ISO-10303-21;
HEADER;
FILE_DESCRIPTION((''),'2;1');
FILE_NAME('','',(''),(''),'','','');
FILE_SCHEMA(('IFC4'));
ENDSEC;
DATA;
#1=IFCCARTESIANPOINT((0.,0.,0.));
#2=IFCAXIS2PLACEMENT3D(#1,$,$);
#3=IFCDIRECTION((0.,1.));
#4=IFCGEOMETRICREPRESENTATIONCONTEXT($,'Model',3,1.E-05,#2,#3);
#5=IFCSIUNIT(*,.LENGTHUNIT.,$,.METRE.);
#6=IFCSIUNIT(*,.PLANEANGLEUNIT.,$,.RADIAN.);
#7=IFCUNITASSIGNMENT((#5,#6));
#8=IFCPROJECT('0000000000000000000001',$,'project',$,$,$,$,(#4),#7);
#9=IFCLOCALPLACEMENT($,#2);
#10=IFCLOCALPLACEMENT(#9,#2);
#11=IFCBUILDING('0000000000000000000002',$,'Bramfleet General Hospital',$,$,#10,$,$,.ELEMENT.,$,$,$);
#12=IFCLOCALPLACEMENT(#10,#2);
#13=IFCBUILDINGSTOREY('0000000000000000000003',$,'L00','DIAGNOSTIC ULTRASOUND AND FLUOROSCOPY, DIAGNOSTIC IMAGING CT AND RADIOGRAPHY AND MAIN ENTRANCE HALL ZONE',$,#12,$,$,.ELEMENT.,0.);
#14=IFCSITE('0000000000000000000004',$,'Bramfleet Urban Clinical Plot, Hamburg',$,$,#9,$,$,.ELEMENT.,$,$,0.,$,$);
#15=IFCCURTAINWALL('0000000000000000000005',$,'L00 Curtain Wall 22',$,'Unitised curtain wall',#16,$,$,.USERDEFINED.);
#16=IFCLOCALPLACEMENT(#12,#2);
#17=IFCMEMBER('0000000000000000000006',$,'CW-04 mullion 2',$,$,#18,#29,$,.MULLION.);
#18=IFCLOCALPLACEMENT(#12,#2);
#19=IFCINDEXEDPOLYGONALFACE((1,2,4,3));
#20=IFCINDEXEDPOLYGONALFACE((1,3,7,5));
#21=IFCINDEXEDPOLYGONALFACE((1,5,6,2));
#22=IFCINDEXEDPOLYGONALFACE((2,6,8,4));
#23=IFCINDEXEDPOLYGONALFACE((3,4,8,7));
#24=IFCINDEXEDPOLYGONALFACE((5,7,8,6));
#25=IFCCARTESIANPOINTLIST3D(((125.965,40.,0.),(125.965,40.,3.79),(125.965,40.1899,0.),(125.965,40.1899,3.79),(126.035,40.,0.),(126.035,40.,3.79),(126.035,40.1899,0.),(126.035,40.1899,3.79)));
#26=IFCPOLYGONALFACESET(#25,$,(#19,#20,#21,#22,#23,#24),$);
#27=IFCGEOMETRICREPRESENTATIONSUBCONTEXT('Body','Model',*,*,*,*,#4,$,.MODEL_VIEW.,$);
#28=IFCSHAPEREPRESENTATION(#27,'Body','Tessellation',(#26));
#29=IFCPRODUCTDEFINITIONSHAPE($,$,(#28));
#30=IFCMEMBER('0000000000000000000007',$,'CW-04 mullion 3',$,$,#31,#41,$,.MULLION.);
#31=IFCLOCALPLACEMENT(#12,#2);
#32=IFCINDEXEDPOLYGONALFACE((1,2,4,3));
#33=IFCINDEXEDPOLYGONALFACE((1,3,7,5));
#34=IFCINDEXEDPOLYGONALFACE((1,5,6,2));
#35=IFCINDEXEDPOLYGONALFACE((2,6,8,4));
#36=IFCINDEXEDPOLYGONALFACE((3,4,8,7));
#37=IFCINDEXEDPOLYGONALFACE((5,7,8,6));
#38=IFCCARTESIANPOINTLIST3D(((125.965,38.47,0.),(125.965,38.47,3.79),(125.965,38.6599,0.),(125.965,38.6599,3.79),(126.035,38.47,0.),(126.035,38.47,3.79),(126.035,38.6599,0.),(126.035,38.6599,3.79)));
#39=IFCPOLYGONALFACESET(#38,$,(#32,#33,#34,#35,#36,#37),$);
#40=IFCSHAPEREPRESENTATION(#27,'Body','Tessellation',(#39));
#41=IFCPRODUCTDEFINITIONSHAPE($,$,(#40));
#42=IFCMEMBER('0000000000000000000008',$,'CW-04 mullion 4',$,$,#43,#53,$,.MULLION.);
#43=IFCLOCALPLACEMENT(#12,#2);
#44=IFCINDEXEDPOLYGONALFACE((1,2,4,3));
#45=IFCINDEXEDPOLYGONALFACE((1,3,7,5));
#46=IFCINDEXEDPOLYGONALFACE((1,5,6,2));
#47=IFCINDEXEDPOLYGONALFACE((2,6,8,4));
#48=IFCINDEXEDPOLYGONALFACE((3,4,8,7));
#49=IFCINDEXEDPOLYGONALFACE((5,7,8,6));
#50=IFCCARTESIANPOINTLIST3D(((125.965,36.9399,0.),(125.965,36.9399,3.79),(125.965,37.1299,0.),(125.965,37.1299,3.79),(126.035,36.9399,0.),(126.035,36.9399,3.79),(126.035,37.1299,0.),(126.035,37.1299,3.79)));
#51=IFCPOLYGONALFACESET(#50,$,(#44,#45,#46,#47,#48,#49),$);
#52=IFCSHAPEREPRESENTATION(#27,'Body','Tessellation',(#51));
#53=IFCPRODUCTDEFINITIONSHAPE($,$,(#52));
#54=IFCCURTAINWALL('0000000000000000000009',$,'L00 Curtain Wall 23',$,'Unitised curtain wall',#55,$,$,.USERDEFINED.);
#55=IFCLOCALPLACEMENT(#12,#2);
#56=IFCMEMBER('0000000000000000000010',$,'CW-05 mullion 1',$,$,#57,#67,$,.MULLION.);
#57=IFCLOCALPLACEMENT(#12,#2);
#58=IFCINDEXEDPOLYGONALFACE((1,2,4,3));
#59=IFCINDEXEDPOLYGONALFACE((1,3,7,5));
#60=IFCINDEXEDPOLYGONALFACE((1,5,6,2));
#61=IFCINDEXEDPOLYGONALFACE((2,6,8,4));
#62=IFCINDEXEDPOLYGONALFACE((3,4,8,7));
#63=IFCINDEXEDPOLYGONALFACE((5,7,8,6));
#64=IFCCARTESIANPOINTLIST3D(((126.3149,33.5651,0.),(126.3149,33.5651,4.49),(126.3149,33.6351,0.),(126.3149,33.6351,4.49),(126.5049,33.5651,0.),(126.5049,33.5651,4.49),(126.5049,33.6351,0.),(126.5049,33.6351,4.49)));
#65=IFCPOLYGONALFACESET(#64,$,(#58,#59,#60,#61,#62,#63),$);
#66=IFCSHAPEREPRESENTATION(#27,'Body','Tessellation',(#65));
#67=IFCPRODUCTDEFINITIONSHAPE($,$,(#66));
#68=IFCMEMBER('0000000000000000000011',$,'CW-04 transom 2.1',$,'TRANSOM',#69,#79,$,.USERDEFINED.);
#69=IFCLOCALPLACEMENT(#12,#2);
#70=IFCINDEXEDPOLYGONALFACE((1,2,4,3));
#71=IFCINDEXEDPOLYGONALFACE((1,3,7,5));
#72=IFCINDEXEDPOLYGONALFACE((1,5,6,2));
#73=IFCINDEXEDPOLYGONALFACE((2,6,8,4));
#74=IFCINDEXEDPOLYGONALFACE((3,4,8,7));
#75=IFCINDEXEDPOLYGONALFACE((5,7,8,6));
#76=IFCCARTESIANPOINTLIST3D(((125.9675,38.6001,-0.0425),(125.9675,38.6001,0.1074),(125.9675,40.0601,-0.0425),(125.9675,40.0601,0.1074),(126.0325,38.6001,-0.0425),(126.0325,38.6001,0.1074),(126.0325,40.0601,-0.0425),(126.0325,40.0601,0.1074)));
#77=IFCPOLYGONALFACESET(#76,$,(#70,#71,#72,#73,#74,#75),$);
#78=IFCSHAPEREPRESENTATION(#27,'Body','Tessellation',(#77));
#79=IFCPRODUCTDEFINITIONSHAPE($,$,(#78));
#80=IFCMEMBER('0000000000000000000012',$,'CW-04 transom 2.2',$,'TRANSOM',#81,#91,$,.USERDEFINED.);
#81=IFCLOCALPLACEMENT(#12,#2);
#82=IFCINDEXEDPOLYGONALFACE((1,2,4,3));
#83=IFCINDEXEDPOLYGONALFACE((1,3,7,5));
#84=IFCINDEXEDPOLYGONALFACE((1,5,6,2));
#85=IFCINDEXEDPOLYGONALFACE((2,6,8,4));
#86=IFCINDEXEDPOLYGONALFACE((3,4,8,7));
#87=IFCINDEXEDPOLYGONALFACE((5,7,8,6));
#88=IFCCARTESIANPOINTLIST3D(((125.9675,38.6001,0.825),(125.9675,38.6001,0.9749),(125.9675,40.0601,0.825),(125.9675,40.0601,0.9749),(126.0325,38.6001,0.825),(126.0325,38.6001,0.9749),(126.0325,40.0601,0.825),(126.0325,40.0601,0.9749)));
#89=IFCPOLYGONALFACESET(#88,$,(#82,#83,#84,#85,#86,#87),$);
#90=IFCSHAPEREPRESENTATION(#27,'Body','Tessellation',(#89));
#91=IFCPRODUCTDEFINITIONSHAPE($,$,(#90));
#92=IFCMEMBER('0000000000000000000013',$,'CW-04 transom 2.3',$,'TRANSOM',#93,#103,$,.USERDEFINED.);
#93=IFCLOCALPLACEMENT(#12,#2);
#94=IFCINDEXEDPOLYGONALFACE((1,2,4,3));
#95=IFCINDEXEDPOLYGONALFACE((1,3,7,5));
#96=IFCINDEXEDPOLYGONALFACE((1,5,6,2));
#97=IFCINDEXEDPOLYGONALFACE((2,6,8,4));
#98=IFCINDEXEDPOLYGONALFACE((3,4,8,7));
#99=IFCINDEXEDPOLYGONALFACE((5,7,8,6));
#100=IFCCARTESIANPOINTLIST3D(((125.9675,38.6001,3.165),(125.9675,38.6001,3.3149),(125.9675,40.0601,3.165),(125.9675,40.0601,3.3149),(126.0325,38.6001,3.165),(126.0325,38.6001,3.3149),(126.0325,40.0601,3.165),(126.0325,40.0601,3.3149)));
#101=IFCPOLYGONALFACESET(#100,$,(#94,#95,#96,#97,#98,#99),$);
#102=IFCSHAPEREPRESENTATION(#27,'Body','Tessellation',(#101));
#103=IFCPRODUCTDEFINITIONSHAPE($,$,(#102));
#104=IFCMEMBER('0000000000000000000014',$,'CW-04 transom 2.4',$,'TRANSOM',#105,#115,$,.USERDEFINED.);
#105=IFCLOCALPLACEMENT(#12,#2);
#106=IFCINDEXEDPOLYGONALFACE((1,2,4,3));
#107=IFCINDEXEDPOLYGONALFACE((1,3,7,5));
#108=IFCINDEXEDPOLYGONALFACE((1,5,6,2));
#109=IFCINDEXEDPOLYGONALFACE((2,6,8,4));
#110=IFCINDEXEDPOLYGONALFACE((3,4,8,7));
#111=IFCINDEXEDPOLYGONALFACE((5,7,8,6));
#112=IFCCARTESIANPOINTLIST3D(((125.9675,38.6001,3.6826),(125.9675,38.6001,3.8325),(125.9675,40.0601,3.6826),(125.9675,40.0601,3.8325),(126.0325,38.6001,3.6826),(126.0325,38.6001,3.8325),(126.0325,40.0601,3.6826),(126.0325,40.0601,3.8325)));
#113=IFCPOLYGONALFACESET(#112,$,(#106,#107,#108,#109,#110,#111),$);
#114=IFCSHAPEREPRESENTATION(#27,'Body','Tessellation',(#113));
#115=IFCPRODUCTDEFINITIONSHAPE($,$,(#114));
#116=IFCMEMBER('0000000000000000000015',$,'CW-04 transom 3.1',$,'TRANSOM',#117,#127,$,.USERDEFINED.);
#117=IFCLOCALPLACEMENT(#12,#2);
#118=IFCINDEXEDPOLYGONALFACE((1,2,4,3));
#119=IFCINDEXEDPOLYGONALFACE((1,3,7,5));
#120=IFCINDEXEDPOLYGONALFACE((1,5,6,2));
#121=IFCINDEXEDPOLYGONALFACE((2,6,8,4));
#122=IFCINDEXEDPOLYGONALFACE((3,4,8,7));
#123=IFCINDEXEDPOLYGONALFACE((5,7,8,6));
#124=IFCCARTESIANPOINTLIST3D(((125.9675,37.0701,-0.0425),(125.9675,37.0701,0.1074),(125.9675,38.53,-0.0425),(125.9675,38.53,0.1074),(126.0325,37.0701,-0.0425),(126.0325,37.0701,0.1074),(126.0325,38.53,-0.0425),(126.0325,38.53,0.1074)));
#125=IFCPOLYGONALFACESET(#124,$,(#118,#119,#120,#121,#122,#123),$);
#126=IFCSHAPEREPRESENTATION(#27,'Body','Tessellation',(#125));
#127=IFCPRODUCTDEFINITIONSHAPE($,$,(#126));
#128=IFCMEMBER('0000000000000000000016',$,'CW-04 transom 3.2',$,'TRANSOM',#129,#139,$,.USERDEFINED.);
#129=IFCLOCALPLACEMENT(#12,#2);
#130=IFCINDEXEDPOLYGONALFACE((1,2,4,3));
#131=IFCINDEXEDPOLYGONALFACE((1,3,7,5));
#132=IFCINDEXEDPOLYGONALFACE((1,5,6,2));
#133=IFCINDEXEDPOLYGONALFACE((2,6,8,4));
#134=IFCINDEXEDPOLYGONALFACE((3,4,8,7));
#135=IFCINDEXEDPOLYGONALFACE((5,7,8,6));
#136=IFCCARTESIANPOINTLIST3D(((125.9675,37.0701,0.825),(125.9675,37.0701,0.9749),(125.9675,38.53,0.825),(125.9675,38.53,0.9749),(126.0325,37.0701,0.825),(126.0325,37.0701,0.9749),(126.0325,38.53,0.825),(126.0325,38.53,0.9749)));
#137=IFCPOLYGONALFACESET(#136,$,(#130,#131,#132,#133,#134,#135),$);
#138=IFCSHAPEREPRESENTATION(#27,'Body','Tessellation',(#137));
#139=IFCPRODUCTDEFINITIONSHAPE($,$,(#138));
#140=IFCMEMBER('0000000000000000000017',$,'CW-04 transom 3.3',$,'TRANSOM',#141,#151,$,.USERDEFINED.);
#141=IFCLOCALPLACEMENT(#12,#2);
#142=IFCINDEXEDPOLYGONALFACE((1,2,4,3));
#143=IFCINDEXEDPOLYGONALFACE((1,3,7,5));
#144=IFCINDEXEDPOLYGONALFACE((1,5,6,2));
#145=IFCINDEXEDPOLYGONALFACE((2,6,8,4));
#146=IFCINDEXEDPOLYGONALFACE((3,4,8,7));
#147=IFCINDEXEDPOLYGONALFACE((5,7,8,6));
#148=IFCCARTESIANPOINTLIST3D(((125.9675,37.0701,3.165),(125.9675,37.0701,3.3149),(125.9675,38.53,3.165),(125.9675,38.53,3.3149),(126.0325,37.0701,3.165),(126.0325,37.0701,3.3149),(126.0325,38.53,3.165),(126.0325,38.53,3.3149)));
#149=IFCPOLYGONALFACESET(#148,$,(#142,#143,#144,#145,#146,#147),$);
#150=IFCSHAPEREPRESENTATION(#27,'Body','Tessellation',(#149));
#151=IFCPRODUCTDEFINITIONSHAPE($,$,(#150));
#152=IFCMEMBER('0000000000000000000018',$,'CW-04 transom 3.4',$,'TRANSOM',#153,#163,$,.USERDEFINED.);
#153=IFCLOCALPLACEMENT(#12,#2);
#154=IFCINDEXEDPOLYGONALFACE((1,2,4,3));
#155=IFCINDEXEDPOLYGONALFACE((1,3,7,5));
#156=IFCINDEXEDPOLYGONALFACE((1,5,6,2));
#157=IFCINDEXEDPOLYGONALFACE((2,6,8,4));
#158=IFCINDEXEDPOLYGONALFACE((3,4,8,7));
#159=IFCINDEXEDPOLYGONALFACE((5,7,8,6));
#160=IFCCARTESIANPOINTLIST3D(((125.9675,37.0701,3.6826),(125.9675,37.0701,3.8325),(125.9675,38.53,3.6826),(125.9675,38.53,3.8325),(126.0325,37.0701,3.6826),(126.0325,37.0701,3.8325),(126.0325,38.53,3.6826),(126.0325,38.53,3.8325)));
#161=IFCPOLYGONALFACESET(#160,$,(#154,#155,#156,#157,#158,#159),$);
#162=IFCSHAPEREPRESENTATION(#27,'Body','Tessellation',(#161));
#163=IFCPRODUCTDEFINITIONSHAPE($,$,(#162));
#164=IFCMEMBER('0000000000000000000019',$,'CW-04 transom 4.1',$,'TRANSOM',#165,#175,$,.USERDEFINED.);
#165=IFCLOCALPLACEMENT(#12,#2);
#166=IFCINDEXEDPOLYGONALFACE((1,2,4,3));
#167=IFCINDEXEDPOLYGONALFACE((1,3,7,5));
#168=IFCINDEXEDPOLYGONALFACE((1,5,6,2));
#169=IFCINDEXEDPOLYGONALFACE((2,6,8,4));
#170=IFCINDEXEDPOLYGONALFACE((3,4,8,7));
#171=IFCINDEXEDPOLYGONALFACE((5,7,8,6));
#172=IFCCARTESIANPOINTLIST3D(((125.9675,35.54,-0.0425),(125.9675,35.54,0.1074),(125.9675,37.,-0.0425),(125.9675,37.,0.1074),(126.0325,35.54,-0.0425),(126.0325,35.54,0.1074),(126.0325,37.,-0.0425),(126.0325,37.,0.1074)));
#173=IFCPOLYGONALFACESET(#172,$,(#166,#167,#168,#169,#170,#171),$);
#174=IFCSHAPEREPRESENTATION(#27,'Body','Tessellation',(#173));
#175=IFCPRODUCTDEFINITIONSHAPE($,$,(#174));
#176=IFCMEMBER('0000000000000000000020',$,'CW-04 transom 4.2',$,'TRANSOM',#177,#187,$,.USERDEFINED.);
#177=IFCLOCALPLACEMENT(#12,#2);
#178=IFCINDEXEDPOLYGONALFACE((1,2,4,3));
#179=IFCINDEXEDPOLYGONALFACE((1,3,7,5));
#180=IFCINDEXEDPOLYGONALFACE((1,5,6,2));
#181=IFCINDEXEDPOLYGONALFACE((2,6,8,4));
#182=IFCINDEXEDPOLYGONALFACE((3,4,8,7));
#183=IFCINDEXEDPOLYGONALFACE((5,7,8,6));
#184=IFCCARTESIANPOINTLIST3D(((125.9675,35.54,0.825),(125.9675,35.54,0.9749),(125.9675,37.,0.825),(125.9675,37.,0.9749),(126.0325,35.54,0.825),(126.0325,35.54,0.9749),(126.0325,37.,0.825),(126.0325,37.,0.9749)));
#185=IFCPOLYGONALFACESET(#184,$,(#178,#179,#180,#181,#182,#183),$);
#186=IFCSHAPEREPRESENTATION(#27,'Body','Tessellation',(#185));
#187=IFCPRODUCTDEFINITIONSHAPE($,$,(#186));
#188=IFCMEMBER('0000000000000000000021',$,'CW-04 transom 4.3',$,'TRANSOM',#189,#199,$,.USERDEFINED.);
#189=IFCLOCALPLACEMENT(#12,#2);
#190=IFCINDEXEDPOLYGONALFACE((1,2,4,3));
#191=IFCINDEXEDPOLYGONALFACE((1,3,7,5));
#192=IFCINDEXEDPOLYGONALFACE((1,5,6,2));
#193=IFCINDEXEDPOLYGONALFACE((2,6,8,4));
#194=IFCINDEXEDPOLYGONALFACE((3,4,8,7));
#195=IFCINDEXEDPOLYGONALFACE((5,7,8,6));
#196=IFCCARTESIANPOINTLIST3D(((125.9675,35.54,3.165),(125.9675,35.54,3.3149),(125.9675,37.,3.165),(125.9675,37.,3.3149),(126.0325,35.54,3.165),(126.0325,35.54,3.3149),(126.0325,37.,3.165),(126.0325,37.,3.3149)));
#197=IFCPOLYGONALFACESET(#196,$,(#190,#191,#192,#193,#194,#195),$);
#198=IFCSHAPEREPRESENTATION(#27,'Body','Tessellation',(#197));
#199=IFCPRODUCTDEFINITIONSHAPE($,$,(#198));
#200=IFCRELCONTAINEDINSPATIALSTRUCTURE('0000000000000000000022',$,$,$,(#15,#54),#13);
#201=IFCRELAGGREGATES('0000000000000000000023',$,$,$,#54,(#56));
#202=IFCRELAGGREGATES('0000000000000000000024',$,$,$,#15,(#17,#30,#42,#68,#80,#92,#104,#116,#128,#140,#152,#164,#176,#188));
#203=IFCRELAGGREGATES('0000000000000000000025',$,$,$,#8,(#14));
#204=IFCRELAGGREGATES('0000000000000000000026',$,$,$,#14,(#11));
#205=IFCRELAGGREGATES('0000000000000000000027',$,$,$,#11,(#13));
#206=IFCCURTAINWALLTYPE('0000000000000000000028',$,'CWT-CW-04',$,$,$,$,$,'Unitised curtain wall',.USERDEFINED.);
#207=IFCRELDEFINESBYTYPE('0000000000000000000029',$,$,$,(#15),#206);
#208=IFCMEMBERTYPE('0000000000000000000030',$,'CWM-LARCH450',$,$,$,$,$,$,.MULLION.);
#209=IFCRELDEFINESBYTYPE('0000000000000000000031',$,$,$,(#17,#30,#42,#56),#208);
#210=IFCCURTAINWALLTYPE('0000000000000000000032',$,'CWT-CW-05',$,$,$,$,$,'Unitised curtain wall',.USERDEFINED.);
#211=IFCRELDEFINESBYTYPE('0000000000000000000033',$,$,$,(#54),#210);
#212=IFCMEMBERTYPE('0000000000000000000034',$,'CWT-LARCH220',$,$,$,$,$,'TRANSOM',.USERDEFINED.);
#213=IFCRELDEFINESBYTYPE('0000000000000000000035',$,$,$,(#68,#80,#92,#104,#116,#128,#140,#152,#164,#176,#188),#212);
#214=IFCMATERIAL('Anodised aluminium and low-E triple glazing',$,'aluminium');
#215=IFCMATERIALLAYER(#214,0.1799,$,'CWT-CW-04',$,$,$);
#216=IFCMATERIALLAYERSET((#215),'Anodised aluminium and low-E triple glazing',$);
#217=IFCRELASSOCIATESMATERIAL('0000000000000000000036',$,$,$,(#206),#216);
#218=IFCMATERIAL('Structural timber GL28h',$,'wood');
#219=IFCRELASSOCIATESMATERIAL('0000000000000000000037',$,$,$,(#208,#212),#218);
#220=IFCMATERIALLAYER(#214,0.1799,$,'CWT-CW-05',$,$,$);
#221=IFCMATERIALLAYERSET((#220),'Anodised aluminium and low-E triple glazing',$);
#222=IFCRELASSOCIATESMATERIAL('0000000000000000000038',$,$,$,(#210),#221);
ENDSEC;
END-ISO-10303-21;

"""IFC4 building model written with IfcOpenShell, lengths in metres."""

from ifc_helpers import new_model, si_unit, direction, frame, origin, origin_2d, place, context, subcontext, project, spatial, rectangle, extrude, material, layer, layer_set, material_profile, profile_set, type_object, element, aggregate, save


model = new_model("IFC4")

# Units and contexts
model_context = context("Model", 3, precision=1e-05, world=origin(), true_north=direction((0.0, 1.0)))
body_context = subcontext(model_context, "Body", "Model", "MODEL_VIEW")
ifc_project = project(units=[si_unit("LENGTHUNIT", "METRE"), si_unit("PLANEANGLEUNIT", "RADIAN")], contexts=[model_context])

# Site, building, storey
site_placement = place(None, origin())
site = spatial("IfcSite", under=ifc_project, at=site_placement, Name="Bramfleet Urban Clinical Plot, Hamburg", CompositionType="ELEMENT", RefElevation=0.0)
building_placement = place(site_placement, origin())
building = spatial("IfcBuilding", under=site, at=building_placement, Name="Bramfleet General Hospital", CompositionType="ELEMENT")
storey_placement = place(building_placement, origin())
storey = spatial("IfcBuildingStorey", under=building, at=storey_placement, Name="L00", Description="DIAGNOSTIC ULTRASOUND AND FLUOROSCOPY, DIAGNOSTIC IMAGING CT AND RADIOGRAPHY AND MAIN ENTRANCE HALL ZONE", CompositionType="ELEMENT", Elevation=0.0)

# Curtain wall, members
ifc_material_1 = material(Name="Anodised aluminium and low-E triple glazing", Category="aluminium")
ifc_layer_1 = layer(ifc_material_1, 0.1799, Name="CWT-CW-04")
ifc_layer_set_1 = layer_set([ifc_layer_1], Name="Anodised aluminium and low-E triple glazing")
curtain_wall_type_1 = type_object("IfcCurtainWallType", Name="CWT-CW-04", ElementType="Unitised curtain wall", PredefinedType="USERDEFINED", material=ifc_layer_set_1)
curtain_wall_1_placement = place(storey_placement, origin())
curtain_wall_1 = element("IfcCurtainWall", 1, at=curtain_wall_1_placement, inside=storey, type_object=curtain_wall_type_1, Name="L00 Curtain Wall 22", ObjectType="Unitised curtain wall", PredefinedType="USERDEFINED")
ifc_material_2 = material(Name="Structural timber GL28h", Category="wood")
ifc_material_profile_1 = material_profile(ifc_material_2, rectangle(XDim=0.0701, YDim=0.1899, at=origin_2d()), Name="LARCH 190x70")
ifc_profile_set_1 = profile_set([ifc_material_profile_1], Name="Structural timber GL28h")
member_type_1 = type_object("IfcMemberType", Name="CWM-LARCH450", PredefinedType="MULLION", material=ifc_profile_set_1)
member_1_placement = place(storey_placement, frame((126.0, 40.095, 0.0), z_axis=(0.0, 0.0, 1.0), x_axis=(1.0, 0.0, 0.0)))
member_1 = element("IfcMember", 2, at=member_1_placement, type_object=member_type_1, Name="CW-04 mullion 2", PredefinedType="MULLION", context=body_context, shape_type="SweptSolid", body=[
    extrude(rectangle(XDim=0.0701, YDim=0.1899, at=origin_2d()), origin(), (0.0, 0.0, 1.0), 3.79),
])
member_2_placement = place(storey_placement, frame((126.0, 38.5649, 0.0), z_axis=(0.0, 0.0, 1.0), x_axis=(1.0, 0.0, 0.0)))
member_2 = element("IfcMember", 3, at=member_2_placement, type_object=member_type_1, Name="CW-04 mullion 3", PredefinedType="MULLION", context=body_context, shape_type="SweptSolid", body=[
    extrude(rectangle(XDim=0.0701, YDim=0.1899, at=origin_2d()), origin(), (0.0, 0.0, 1.0), 3.79),
])
member_3_placement = place(storey_placement, frame((126.0, 37.0349, 0.0), z_axis=(0.0, 0.0, 1.0), x_axis=(1.0, 0.0, 0.0)))
member_3 = element("IfcMember", 4, at=member_3_placement, type_object=member_type_1, Name="CW-04 mullion 4", PredefinedType="MULLION", context=body_context, shape_type="SweptSolid", body=[
    extrude(rectangle(XDim=0.0701, YDim=0.1899, at=origin_2d()), origin(), (0.0, 0.0, 1.0), 3.79),
])

# Curtain wall, member
ifc_layer_2 = layer(ifc_material_1, 0.1799, Name="CWT-CW-05")
ifc_layer_set_2 = layer_set([ifc_layer_2], Name="Anodised aluminium and low-E triple glazing")
curtain_wall_type_2 = type_object("IfcCurtainWallType", Name="CWT-CW-05", ElementType="Unitised curtain wall", PredefinedType="USERDEFINED", material=ifc_layer_set_2)
curtain_wall_2_placement = place(storey_placement, origin())
curtain_wall_2 = element("IfcCurtainWall", 5, at=curtain_wall_2_placement, inside=storey, type_object=curtain_wall_type_2, Name="L00 Curtain Wall 23", ObjectType="Unitised curtain wall", PredefinedType="USERDEFINED")
member_4_placement = place(storey_placement, frame((126.4099, 33.6001, 0.0), z_axis=(0.0, 0.0, 1.0), x_axis=(0.0, 1.0, 0.0)))
member_4 = element("IfcMember", 6, at=member_4_placement, type_object=member_type_1, Name="CW-05 mullion 1", PredefinedType="MULLION", context=body_context, shape_type="SweptSolid", body=[
    extrude(rectangle(XDim=0.0701, YDim=0.1899, at=origin_2d()), origin(), (0.0, 0.0, 1.0), 4.49),
])

# Members
ifc_material_profile_2 = material_profile(ifc_material_2, rectangle(XDim=0.0649, YDim=0.1499, at=origin_2d()), Name="LARCH 150x65")
ifc_profile_set_2 = profile_set([ifc_material_profile_2], Name="Structural timber GL28h")
member_type_2 = type_object("IfcMemberType", Name="CWT-LARCH220", ElementType="TRANSOM", PredefinedType="USERDEFINED", material=ifc_profile_set_2)
member_5_placement = place(storey_placement, frame((126.0, 40.0601, 0.0325), z_axis=(0.0, -1.0, 0.0), x_axis=(1.0, 0.0, 0.0)))
member_5 = element("IfcMember", 7, at=member_5_placement, type_object=member_type_2, Name="CW-04 transom 2.1", ObjectType="TRANSOM", PredefinedType="USERDEFINED", context=body_context, shape_type="SweptSolid", body=[
    extrude(rectangle(XDim=0.0649, YDim=0.1499, at=origin_2d()), origin(), (0.0, 0.0, 1.0), 1.46),
])
member_6_placement = place(storey_placement, frame((126.0, 40.0601, 0.8999), z_axis=(0.0, -1.0, 0.0), x_axis=(1.0, 0.0, 0.0)))
member_6 = element("IfcMember", 8, at=member_6_placement, type_object=member_type_2, Name="CW-04 transom 2.2", ObjectType="TRANSOM", PredefinedType="USERDEFINED", context=body_context, shape_type="SweptSolid", body=[
    extrude(rectangle(XDim=0.0649, YDim=0.1499, at=origin_2d()), origin(), (0.0, 0.0, 1.0), 1.46),
])
member_7_placement = place(storey_placement, frame((126.0, 40.0601, 3.24), z_axis=(0.0, -1.0, 0.0), x_axis=(1.0, 0.0, 0.0)))
member_7 = element("IfcMember", 9, at=member_7_placement, type_object=member_type_2, Name="CW-04 transom 2.3", ObjectType="TRANSOM", PredefinedType="USERDEFINED", context=body_context, shape_type="SweptSolid", body=[
    extrude(rectangle(XDim=0.0649, YDim=0.1499, at=origin_2d()), origin(), (0.0, 0.0, 1.0), 1.46),
])
member_8_placement = place(storey_placement, frame((126.0, 40.0601, 3.7576), z_axis=(0.0, -1.0, 0.0), x_axis=(1.0, 0.0, 0.0)))
member_8 = element("IfcMember", 10, at=member_8_placement, type_object=member_type_2, Name="CW-04 transom 2.4", ObjectType="TRANSOM", PredefinedType="USERDEFINED", context=body_context, shape_type="SweptSolid", body=[
    extrude(rectangle(XDim=0.0649, YDim=0.1499, at=origin_2d()), origin(), (0.0, 0.0, 1.0), 1.46),
])
member_9_placement = place(storey_placement, frame((126.0, 38.53, 0.0325), z_axis=(0.0, -1.0, 0.0), x_axis=(1.0, 0.0, 0.0)))
member_9 = element("IfcMember", 11, at=member_9_placement, type_object=member_type_2, Name="CW-04 transom 3.1", ObjectType="TRANSOM", PredefinedType="USERDEFINED", context=body_context, shape_type="SweptSolid", body=[
    extrude(rectangle(XDim=0.0649, YDim=0.1499, at=origin_2d()), origin(), (0.0, 0.0, 1.0), 1.46),
])
member_10_placement = place(storey_placement, frame((126.0, 38.53, 0.8999), z_axis=(0.0, -1.0, 0.0), x_axis=(1.0, 0.0, 0.0)))
member_10 = element("IfcMember", 12, at=member_10_placement, type_object=member_type_2, Name="CW-04 transom 3.2", ObjectType="TRANSOM", PredefinedType="USERDEFINED", context=body_context, shape_type="SweptSolid", body=[
    extrude(rectangle(XDim=0.0649, YDim=0.1499, at=origin_2d()), origin(), (0.0, 0.0, 1.0), 1.46),
])
member_11_placement = place(storey_placement, frame((126.0, 38.53, 3.24), z_axis=(0.0, -1.0, 0.0), x_axis=(1.0, 0.0, 0.0)))
member_11 = element("IfcMember", 13, at=member_11_placement, type_object=member_type_2, Name="CW-04 transom 3.3", ObjectType="TRANSOM", PredefinedType="USERDEFINED", context=body_context, shape_type="SweptSolid", body=[
    extrude(rectangle(XDim=0.0649, YDim=0.1499, at=origin_2d()), origin(), (0.0, 0.0, 1.0), 1.46),
])
member_12_placement = place(storey_placement, frame((126.0, 38.53, 3.7576), z_axis=(0.0, -1.0, 0.0), x_axis=(1.0, 0.0, 0.0)))
member_12 = element("IfcMember", 14, at=member_12_placement, type_object=member_type_2, Name="CW-04 transom 3.4", ObjectType="TRANSOM", PredefinedType="USERDEFINED", context=body_context, shape_type="SweptSolid", body=[
    extrude(rectangle(XDim=0.0649, YDim=0.1499, at=origin_2d()), origin(), (0.0, 0.0, 1.0), 1.46),
])
member_13_placement = place(storey_placement, frame((126.0, 37.0, 0.0325), z_axis=(0.0, -1.0, 0.0), x_axis=(1.0, 0.0, 0.0)))
member_13 = element("IfcMember", 15, at=member_13_placement, type_object=member_type_2, Name="CW-04 transom 4.1", ObjectType="TRANSOM", PredefinedType="USERDEFINED", context=body_context, shape_type="SweptSolid", body=[
    extrude(rectangle(XDim=0.0649, YDim=0.1499, at=origin_2d()), origin(), (0.0, 0.0, 1.0), 1.46),
])
member_14_placement = place(storey_placement, frame((126.0, 37.0, 0.8999), z_axis=(0.0, -1.0, 0.0), x_axis=(1.0, 0.0, 0.0)))
member_14 = element("IfcMember", 16, at=member_14_placement, type_object=member_type_2, Name="CW-04 transom 4.2", ObjectType="TRANSOM", PredefinedType="USERDEFINED", context=body_context, shape_type="SweptSolid", body=[
    extrude(rectangle(XDim=0.0649, YDim=0.1499, at=origin_2d()), origin(), (0.0, 0.0, 1.0), 1.46),
])
member_15_placement = place(storey_placement, frame((126.0, 37.0, 3.24), z_axis=(0.0, -1.0, 0.0), x_axis=(1.0, 0.0, 0.0)))
member_15 = element("IfcMember", 17, at=member_15_placement, type_object=member_type_2, Name="CW-04 transom 4.3", ObjectType="TRANSOM", PredefinedType="USERDEFINED", context=body_context, shape_type="SweptSolid", body=[
    extrude(rectangle(XDim=0.0649, YDim=0.1499, at=origin_2d()), origin(), (0.0, 0.0, 1.0), 1.46),
])
aggregate(curtain_wall_2, [member_4])

aggregate(curtain_wall_1, [member_1, member_2, member_3, member_5, member_6, member_7, member_8, member_9, member_10, member_11, member_12, member_13, member_14, member_15])

save(model, "model.ifc")
